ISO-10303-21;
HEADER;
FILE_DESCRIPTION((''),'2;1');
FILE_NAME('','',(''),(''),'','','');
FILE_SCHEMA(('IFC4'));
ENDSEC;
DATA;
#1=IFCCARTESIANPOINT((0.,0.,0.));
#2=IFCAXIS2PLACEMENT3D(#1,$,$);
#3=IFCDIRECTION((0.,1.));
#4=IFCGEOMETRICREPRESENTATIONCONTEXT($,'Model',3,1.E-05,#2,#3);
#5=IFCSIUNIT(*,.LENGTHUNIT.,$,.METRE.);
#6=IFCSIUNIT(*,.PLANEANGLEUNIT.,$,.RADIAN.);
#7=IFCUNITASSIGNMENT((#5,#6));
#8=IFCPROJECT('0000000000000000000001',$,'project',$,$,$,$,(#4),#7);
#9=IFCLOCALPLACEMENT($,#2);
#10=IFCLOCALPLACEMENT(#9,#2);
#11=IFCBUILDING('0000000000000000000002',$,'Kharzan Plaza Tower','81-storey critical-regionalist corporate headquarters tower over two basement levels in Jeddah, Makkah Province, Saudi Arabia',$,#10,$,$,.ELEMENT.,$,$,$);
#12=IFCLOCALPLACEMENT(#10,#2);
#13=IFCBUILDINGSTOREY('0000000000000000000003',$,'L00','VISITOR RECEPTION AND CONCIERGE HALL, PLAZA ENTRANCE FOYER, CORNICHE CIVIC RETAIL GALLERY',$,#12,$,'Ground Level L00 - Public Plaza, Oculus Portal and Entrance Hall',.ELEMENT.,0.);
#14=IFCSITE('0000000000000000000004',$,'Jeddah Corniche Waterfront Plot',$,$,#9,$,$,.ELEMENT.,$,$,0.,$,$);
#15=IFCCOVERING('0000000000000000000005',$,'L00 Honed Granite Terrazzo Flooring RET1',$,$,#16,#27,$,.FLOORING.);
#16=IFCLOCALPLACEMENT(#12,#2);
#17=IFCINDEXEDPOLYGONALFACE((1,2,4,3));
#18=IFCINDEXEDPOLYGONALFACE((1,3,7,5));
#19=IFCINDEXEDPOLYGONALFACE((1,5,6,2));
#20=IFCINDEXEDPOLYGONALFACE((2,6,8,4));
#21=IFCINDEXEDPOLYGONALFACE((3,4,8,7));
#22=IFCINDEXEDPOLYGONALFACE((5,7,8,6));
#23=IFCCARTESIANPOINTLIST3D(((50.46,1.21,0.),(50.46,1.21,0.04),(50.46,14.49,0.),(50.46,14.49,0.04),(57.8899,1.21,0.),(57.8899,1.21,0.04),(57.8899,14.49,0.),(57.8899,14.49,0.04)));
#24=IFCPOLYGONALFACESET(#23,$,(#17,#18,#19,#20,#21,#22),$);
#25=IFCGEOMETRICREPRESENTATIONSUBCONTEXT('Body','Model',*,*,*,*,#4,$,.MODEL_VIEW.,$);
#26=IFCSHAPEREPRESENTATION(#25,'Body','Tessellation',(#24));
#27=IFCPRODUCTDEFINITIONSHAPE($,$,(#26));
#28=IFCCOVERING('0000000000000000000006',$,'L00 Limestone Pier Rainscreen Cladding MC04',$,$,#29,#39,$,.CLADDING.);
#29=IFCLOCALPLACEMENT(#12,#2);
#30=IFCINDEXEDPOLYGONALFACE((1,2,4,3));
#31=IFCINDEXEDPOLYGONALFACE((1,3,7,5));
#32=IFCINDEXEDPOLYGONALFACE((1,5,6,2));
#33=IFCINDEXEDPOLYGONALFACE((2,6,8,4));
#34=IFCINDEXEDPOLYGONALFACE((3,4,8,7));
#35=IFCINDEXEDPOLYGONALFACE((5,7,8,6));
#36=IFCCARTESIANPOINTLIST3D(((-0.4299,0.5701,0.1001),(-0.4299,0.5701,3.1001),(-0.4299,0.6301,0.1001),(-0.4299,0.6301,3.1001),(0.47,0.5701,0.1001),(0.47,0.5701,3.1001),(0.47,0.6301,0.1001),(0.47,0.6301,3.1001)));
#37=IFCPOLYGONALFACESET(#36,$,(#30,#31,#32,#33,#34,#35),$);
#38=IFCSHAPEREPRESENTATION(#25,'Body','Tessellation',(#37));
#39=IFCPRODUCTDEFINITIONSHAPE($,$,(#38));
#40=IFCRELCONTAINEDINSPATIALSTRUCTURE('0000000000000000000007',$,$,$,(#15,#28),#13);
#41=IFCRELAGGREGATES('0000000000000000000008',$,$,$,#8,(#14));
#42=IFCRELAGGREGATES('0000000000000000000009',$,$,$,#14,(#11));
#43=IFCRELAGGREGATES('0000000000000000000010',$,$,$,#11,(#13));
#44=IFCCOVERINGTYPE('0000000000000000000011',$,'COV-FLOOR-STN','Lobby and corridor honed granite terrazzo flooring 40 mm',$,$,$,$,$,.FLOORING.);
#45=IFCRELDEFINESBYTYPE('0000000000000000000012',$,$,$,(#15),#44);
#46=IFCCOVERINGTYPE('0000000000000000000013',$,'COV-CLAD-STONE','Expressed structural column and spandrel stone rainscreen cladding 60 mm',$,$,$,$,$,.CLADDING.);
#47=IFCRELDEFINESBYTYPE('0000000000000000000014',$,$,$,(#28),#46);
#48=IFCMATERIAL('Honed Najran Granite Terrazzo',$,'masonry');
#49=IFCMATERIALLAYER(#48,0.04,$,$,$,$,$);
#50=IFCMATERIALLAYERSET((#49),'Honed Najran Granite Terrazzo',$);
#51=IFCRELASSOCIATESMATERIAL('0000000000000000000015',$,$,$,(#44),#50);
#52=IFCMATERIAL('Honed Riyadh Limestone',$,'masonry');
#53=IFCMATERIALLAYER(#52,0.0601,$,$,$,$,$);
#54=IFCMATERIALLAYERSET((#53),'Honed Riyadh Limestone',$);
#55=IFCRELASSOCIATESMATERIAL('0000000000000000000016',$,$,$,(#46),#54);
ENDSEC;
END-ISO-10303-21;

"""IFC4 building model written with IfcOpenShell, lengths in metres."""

from ifc_helpers import new_model, si_unit, direction, frame, origin, origin_2d, place, context, subcontext, project, spatial, polyline, rectangle, outline, extrude, source, transform, mapped, material, layer, layer_set, type_object, element, save


model = new_model("IFC4")

# Units and contexts
model_context = context("Model", 3, precision=1e-05, world=origin(), true_north=direction((0.0, 1.0)))
body_context = subcontext(model_context, "Body", "Model", "MODEL_VIEW")
ifc_project = project(units=[si_unit("LENGTHUNIT", "METRE"), si_unit("PLANEANGLEUNIT", "RADIAN")], contexts=[model_context])

# Site, building, storey
site_placement = place(None, origin())
site = spatial("IfcSite", under=ifc_project, at=site_placement, Name="Jeddah Corniche Waterfront Plot", CompositionType="ELEMENT", RefElevation=0.0)
building_placement = place(site_placement, origin())
building = spatial("IfcBuilding", under=site, at=building_placement, Name="Kharzan Plaza Tower", Description="81-storey critical-regionalist corporate headquarters tower over two basement levels in Jeddah, Makkah Province, Saudi Arabia", CompositionType="ELEMENT")
storey_placement = place(building_placement, origin())
storey = spatial("IfcBuildingStorey", under=building, at=storey_placement, Name="L00", Description="VISITOR RECEPTION AND CONCIERGE HALL, PLAZA ENTRANCE FOYER, CORNICHE CIVIC RETAIL GALLERY", LongName="Ground Level L00 - Public Plaza, Oculus Portal and Entrance Hall", CompositionType="ELEMENT", Elevation=0.0)

# Coverings
ifc_material_1 = material(Name="Honed Najran Granite Terrazzo", Category="masonry")
ifc_layer_1 = layer(ifc_material_1, 0.04)
ifc_layer_set_1 = layer_set([ifc_layer_1], Name="Honed Najran Granite Terrazzo")
covering_type_1 = type_object("IfcCoveringType", Name="COV-FLOOR-STN", Description="Lobby and corridor honed granite terrazzo flooring 40 mm", PredefinedType="FLOORING", material=ifc_layer_set_1)
covering_1_placement = place(storey_placement, origin())
element("IfcCovering", 1, at=covering_1_placement, inside=storey, type_object=covering_type_1, Name="L00 Honed Granite Terrazzo Flooring RET1", PredefinedType="FLOORING", context=body_context, shape_type="SweptSolid", body=[
    extrude(outline(polyline([(50.46, 1.21), (57.8899, 1.21), (57.8899, 14.49), (50.46, 14.49), (50.46, 1.21)])), origin(), (0.0, 0.0, 1.0), 0.04),
])
ifc_material_2 = material(Name="Honed Riyadh Limestone", Category="masonry")
ifc_layer_2 = layer(ifc_material_2, 0.0601)
ifc_layer_set_2 = layer_set([ifc_layer_2], Name="Honed Riyadh Limestone")
covering_type_2 = type_object("IfcCoveringType", Name="COV-CLAD-STONE", Description="Expressed structural column and spandrel stone rainscreen cladding 60 mm", PredefinedType="CLADDING", material=ifc_layer_set_2)
shared_shape_1 = source(origin(), body_context, "Body", "SweptSolid", [
    extrude(rectangle(XDim=0.0601, YDim=0.8999, at=origin_2d()), origin(), (0.0, 0.0, 1.0), 3.0),
])
covering_2_placement = place(storey_placement, frame((0.02, 0.6001, 0.1001), z_axis=(0.0, 0.0, 1.0), x_axis=(0.0, 1.0, 0.0)))
element("IfcCovering", 2, at=covering_2_placement, inside=storey, type_object=covering_type_2, Name="L00 Limestone Pier Rainscreen Cladding MC04", PredefinedType="CLADDING", context=body_context, shape_type="MappedRepresentation", body=[
    mapped(shared_shape_1, transform((0.0, 0.0, 0.0), x_axis=(1.0, 0.0, 0.0), y_axis=(0.0, 1.0, 0.0), z_axis=(0.0, 0.0, 1.0))),
])

save(model, "model.ifc")
